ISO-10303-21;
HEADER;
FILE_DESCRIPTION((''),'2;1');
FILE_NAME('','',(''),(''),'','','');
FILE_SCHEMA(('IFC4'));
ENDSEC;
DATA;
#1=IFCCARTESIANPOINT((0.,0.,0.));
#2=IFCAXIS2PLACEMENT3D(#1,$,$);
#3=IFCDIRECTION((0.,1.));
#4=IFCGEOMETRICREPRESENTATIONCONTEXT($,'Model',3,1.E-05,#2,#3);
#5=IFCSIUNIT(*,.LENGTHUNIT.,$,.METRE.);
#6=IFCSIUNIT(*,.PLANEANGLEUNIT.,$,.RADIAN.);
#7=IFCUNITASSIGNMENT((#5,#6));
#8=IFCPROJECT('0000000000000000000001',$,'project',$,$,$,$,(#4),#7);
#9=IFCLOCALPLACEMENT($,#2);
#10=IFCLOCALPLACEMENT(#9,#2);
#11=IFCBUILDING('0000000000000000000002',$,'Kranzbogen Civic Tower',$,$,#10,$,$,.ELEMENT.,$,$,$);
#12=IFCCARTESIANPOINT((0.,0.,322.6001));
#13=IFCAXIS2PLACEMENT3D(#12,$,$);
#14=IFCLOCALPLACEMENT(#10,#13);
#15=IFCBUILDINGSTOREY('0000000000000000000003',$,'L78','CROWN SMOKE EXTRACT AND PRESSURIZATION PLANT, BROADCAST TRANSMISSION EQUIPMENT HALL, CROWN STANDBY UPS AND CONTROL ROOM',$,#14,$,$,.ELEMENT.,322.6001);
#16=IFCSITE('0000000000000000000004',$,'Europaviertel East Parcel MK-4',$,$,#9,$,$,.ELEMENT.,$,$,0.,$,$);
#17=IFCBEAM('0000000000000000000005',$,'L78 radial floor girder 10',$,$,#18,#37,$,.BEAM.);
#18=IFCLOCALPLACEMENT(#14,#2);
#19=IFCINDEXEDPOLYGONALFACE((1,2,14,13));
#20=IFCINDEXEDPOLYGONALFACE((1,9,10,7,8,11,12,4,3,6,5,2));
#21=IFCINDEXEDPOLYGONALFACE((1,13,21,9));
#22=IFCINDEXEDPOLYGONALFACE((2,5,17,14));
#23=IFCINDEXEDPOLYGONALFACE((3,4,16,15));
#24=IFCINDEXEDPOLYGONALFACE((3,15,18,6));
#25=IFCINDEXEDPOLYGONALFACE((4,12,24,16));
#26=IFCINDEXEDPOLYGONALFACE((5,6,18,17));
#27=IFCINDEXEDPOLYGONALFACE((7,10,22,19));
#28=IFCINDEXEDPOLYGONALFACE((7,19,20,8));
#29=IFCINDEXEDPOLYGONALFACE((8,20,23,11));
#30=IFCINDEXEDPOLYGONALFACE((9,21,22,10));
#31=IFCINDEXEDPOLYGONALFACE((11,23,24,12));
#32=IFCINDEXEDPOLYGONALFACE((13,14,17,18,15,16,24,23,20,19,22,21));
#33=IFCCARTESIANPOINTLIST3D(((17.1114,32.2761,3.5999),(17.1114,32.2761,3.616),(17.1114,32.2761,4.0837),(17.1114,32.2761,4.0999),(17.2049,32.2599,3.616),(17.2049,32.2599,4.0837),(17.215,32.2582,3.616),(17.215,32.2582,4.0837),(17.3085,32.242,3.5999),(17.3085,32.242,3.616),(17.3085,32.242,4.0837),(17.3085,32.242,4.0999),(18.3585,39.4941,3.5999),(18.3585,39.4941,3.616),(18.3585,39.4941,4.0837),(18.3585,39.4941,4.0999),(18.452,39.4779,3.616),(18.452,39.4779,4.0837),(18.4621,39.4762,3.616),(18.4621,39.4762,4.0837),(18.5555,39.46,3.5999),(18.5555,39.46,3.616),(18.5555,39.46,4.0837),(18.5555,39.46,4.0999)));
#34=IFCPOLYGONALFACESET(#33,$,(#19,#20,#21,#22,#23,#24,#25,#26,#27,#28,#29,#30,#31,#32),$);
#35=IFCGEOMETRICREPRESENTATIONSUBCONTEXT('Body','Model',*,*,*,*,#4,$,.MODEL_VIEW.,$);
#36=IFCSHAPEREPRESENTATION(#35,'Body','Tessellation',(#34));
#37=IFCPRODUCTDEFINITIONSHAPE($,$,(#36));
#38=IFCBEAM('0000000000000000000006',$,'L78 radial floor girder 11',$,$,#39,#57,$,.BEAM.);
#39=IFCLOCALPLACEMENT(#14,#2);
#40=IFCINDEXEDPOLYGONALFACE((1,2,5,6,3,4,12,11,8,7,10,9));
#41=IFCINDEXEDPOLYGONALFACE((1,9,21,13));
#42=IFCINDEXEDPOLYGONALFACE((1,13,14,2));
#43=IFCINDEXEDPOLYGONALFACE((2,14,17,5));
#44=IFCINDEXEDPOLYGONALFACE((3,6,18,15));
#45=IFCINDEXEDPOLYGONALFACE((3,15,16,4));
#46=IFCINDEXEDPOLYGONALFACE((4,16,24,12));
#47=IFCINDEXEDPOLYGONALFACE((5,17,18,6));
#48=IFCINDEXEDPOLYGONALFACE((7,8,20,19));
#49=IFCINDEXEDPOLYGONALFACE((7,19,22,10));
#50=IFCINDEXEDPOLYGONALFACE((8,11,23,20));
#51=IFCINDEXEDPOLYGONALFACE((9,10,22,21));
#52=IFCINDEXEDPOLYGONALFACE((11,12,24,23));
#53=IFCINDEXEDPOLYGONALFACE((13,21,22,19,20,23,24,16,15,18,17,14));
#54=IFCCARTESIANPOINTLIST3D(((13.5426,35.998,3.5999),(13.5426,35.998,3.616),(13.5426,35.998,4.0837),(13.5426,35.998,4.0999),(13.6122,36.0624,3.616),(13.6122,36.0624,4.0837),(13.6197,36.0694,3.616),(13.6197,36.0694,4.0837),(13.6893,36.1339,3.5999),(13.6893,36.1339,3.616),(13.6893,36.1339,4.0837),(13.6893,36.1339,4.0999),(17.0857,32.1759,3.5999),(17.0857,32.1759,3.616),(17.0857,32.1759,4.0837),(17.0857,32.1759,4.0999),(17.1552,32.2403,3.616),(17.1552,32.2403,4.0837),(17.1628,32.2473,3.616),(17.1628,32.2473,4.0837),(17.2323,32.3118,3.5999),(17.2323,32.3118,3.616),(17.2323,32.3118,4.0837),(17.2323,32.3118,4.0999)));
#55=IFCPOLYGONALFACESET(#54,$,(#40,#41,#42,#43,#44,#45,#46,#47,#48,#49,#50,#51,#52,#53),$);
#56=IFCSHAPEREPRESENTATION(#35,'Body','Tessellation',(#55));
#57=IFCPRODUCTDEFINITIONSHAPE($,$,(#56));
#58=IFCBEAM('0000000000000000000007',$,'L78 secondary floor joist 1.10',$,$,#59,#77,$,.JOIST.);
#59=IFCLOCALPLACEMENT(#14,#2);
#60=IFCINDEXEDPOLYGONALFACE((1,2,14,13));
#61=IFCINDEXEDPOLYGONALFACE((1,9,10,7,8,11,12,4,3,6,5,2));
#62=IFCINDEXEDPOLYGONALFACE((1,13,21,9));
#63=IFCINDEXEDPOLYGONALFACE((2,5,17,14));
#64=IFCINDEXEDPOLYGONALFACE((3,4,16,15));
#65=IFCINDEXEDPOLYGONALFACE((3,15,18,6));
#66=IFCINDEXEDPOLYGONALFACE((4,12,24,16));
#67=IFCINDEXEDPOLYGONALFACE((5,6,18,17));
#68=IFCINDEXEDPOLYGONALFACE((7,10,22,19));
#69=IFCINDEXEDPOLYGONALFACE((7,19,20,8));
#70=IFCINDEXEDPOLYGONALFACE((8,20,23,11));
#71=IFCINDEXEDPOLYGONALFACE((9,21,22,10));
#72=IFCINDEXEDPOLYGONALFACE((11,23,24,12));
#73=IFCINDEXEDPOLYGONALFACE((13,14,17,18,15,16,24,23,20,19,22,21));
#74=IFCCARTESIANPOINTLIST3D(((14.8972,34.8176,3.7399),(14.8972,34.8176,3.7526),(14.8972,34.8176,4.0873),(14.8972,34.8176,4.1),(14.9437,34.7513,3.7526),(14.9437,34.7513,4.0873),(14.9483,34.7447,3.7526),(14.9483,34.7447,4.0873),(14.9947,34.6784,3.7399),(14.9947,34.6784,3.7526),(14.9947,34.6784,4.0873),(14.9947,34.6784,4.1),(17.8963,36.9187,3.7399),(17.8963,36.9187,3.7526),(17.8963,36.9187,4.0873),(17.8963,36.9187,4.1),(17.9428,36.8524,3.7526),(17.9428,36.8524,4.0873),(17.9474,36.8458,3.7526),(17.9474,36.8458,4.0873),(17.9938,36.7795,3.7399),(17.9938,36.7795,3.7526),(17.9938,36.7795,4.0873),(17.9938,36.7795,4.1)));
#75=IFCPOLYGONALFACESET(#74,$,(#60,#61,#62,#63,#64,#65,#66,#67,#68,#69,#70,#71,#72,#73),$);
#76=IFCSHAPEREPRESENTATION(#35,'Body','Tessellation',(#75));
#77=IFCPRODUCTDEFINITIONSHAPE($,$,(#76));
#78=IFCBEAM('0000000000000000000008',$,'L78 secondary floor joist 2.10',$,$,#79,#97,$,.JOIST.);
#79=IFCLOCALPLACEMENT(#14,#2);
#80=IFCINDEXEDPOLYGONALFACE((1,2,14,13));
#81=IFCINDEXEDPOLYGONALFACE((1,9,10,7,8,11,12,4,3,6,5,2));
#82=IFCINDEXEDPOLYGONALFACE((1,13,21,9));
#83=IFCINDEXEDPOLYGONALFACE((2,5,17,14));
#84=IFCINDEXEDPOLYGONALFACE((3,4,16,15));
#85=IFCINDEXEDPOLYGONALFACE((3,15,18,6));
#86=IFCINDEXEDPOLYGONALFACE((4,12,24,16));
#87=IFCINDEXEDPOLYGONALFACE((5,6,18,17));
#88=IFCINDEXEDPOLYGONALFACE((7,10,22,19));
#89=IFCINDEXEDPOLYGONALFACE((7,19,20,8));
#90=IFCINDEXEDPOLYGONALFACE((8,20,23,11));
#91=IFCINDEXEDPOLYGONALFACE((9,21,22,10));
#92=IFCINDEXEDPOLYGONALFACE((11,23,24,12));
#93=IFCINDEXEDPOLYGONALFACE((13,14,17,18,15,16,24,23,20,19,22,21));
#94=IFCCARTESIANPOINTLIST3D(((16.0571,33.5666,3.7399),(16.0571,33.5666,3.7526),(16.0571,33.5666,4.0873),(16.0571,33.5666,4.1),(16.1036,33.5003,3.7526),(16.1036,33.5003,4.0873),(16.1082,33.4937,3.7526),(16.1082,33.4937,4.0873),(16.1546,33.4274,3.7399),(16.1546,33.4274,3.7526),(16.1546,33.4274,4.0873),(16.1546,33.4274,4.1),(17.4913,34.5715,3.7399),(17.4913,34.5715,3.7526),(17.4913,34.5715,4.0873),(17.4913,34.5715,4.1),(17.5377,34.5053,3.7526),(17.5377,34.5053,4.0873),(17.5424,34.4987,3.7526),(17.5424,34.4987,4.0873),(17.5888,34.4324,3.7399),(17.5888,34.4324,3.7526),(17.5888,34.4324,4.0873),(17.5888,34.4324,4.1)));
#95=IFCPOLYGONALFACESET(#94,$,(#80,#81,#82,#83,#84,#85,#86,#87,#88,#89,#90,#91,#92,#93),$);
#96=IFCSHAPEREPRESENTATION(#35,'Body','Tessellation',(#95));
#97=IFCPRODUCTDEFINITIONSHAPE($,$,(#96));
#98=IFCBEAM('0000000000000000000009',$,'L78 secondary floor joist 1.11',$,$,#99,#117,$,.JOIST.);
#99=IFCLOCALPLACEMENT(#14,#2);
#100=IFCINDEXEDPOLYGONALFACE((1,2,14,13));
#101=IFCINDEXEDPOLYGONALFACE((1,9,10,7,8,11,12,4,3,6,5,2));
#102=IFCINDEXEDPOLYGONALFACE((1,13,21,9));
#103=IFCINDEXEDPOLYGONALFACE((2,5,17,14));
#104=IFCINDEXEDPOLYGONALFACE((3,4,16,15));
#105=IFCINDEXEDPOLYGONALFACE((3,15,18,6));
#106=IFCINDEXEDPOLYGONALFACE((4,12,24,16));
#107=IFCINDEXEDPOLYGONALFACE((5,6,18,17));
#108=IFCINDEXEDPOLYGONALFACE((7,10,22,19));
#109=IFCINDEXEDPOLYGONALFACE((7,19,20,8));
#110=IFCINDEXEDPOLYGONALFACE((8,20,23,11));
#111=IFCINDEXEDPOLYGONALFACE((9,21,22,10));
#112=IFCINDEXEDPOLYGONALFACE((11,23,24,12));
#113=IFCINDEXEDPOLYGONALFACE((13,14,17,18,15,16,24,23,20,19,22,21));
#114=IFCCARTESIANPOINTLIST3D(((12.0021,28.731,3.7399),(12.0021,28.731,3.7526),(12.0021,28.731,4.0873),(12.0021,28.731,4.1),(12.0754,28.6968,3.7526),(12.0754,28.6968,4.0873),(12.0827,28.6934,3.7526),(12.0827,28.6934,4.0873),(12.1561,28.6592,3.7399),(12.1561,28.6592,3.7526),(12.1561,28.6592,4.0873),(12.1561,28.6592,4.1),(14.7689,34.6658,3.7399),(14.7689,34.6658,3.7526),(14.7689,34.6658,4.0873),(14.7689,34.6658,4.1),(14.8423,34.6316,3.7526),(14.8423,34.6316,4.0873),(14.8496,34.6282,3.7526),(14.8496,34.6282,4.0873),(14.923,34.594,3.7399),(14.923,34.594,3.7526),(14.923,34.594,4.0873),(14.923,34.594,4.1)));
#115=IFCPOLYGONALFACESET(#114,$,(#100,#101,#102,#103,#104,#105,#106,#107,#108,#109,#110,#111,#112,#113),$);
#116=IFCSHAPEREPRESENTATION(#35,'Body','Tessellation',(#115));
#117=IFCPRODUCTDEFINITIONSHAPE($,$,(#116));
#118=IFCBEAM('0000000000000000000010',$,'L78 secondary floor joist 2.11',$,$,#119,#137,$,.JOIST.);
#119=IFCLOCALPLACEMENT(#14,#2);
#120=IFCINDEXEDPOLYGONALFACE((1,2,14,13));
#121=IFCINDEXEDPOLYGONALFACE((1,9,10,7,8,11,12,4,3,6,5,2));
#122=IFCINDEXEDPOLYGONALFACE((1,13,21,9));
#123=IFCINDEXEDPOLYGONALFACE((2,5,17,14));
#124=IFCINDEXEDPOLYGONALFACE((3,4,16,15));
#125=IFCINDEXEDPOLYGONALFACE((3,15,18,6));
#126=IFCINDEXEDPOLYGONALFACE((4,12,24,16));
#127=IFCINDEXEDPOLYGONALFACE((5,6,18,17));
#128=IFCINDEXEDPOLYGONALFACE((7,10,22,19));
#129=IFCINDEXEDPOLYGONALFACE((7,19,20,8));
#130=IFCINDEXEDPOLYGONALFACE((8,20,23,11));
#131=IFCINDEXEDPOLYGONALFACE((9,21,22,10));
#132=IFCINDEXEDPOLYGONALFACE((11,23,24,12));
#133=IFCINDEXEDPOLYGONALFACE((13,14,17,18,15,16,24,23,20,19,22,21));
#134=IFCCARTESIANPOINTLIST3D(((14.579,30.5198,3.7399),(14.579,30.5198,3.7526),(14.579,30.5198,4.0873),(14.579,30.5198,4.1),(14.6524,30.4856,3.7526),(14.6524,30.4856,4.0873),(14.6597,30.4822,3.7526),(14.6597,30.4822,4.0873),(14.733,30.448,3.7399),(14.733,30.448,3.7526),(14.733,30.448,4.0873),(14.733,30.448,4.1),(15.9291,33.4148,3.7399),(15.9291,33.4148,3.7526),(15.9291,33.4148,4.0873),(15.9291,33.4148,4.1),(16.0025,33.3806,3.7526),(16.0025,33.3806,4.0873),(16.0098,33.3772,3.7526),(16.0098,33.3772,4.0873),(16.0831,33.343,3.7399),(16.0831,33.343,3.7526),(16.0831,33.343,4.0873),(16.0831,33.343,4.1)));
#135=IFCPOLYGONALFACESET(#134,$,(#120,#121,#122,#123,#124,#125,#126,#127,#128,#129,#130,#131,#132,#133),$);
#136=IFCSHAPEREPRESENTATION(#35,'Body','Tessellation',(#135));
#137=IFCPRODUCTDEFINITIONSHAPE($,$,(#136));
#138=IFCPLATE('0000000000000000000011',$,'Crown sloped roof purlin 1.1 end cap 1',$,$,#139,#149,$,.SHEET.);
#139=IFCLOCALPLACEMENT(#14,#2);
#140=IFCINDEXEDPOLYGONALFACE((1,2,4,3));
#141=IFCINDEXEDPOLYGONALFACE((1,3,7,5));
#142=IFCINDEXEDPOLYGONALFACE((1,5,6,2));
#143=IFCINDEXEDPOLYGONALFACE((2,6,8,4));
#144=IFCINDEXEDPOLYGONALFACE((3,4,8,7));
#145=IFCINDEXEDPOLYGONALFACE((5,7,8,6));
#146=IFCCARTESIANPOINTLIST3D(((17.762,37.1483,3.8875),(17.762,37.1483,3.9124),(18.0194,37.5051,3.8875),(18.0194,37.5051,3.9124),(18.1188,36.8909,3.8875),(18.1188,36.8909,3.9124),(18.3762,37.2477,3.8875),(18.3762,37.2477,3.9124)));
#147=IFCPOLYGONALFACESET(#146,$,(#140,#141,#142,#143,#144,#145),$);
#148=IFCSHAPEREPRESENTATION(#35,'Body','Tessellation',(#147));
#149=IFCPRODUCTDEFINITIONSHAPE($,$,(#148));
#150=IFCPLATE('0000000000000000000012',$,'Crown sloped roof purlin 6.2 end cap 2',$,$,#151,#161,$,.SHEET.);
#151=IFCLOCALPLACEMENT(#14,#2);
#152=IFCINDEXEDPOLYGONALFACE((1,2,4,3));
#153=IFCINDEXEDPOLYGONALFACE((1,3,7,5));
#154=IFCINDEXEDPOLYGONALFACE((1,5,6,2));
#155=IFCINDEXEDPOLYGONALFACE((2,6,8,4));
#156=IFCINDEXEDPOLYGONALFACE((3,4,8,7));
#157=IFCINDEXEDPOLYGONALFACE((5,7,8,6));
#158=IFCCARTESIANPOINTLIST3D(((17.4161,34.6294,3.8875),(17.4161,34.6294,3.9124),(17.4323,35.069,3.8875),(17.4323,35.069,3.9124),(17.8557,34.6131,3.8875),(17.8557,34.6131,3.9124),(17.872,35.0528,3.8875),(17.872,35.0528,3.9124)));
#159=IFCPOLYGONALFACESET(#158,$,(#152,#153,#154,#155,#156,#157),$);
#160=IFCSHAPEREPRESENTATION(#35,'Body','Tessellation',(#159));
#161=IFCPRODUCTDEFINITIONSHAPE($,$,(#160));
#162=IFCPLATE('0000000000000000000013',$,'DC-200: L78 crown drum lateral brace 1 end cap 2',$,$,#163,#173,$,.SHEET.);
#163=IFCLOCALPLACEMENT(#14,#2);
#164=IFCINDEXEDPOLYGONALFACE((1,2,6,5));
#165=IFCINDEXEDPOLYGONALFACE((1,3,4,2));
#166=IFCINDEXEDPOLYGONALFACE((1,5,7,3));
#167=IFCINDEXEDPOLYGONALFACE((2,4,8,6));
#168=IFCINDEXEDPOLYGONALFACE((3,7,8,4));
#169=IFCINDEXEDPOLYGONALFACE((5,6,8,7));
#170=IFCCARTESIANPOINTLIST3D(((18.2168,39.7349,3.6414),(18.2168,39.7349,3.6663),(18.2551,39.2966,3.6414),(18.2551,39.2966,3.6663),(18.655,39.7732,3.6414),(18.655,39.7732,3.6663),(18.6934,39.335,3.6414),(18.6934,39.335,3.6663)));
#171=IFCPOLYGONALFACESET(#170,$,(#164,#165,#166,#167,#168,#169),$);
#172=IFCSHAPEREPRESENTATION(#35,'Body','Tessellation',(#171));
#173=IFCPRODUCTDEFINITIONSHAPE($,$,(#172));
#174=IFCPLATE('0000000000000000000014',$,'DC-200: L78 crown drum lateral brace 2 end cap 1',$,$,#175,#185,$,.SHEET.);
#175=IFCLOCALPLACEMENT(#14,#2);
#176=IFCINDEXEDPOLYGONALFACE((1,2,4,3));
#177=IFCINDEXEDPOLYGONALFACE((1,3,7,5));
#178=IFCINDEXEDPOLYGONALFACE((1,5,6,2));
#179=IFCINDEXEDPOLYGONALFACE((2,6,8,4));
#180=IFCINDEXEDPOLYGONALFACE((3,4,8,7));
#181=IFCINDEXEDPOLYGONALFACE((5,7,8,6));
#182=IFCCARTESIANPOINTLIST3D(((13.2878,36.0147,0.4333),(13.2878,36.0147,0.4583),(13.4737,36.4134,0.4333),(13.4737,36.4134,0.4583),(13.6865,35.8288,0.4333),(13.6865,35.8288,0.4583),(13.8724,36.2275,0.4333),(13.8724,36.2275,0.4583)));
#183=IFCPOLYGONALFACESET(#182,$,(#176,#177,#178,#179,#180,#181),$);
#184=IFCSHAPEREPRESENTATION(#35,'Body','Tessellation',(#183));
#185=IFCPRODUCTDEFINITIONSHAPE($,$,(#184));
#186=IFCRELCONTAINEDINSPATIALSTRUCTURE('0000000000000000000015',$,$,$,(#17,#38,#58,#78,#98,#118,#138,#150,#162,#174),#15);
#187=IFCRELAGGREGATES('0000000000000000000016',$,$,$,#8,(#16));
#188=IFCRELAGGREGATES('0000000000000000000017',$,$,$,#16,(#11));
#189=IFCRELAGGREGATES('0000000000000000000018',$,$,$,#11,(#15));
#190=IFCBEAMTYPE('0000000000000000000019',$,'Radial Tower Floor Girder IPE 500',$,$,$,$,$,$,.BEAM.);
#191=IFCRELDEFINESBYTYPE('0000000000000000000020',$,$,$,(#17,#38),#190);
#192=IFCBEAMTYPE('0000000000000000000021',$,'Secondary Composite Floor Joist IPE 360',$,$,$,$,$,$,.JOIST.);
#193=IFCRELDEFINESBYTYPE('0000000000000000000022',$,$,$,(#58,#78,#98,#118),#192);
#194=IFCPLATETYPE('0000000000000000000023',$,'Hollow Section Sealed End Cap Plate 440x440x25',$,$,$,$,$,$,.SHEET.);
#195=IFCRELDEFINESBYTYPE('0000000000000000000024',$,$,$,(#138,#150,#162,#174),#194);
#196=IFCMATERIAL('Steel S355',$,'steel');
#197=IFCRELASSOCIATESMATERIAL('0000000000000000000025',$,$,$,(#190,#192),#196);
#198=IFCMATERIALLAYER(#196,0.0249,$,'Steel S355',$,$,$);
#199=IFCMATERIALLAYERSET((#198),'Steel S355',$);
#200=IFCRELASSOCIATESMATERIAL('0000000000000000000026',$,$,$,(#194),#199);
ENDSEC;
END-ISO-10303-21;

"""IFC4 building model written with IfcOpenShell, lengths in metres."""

from ifc_helpers import new_model, si_unit, direction, frame, origin, origin_2d, place, context, subcontext, project, spatial, rectangle, i_section, extrude, material, layer, layer_set, material_profile, profile_set, type_object, element, save


model = new_model("IFC4")

# Units and contexts
model_context = context("Model", 3, precision=1e-05, world=origin(), true_north=direction((0.0, 1.0)))
body_context = subcontext(model_context, "Body", "Model", "MODEL_VIEW")
ifc_project = project(units=[si_unit("LENGTHUNIT", "METRE"), si_unit("PLANEANGLEUNIT", "RADIAN")], contexts=[model_context])

# Site, building, storey
site_placement = place(None, origin())
site = spatial("IfcSite", under=ifc_project, at=site_placement, Name="Europaviertel East Parcel MK-4", CompositionType="ELEMENT", RefElevation=0.0)
building_placement = place(site_placement, origin())
building = spatial("IfcBuilding", under=site, at=building_placement, Name="Kranzbogen Civic Tower", CompositionType="ELEMENT")
storey_placement = place(building_placement, frame((0.0, 0.0, 322.6001)))
storey = spatial("IfcBuildingStorey", under=building, at=storey_placement, Name="L78", Description="CROWN SMOKE EXTRACT AND PRESSURIZATION PLANT, BROADCAST TRANSMISSION EQUIPMENT HALL, CROWN STANDBY UPS AND CONTROL ROOM", CompositionType="ELEMENT", Elevation=322.6001)

# Shared definitions
ifc_material_1 = material(Name="Steel S355", Category="steel")

# Beams
ifc_material_profile_1 = material_profile(ifc_material_1, i_section(OverallWidth=0.2, OverallDepth=0.5, WebThickness=0.0103, FlangeThickness=0.0161, at=origin_2d()), Name="IPE 500")
ifc_profile_set_1 = profile_set([ifc_material_profile_1], Name="Steel S355")
beam_type_1 = type_object("IfcBeamType", Name="Radial Tower Floor Girder IPE 500", PredefinedType="BEAM", material=ifc_profile_set_1)
beam_1_placement = place(storey_placement, frame((18.457, 39.4771, 3.8499), z_axis=(-0.17025, -0.985401, 0.0), x_axis=(0.985401, -0.17025, 0.0)))
element("IfcBeam", 1, at=beam_1_placement, inside=storey, type_object=beam_type_1, Name="L78 radial floor girder 10", PredefinedType="BEAM", context=body_context, shape_type="SweptSolid", body=[
    extrude(i_section(OverallWidth=0.2, OverallDepth=0.5, WebThickness=0.0103, FlangeThickness=0.0161, at=origin_2d()), origin(), (0.0, 0.0, 1.0), 7.325),
])
beam_2_placement = place(storey_placement, frame((13.616, 36.0659, 3.8499), z_axis=(0.679827, -0.733372, 0.0), x_axis=(0.733372, 0.679827, 0.0)))
element("IfcBeam", 2, at=beam_2_placement, inside=storey, type_object=beam_type_1, Name="L78 radial floor girder 11", PredefinedType="BEAM", context=body_context, shape_type="SweptSolid", body=[
    extrude(i_section(OverallWidth=0.2, OverallDepth=0.5, WebThickness=0.0103, FlangeThickness=0.0161, at=origin_2d()), origin(), (0.0, 0.0, 1.0), 5.2117),
])
ifc_material_profile_2 = material_profile(ifc_material_1, i_section(OverallWidth=0.1699, OverallDepth=0.3601, WebThickness=0.0081, FlangeThickness=0.0127, at=origin_2d()), Name="IPE 360")
ifc_profile_set_2 = profile_set([ifc_material_profile_2], Name="Steel S355")
beam_type_2 = type_object("IfcBeamType", Name="Secondary Composite Floor Joist IPE 360", PredefinedType="JOIST", material=ifc_profile_set_2)
beam_3_placement = place(storey_placement, frame((17.9451, 36.8491, 3.9199), z_axis=(-0.819006, -0.573784, 0.0), x_axis=(0.573784, -0.819006, 0.0)))
element("IfcBeam", 3, at=beam_3_placement, inside=storey, type_object=beam_type_2, Name="L78 secondary floor joist 1.10", PredefinedType="JOIST", context=body_context, shape_type="SweptSolid", body=[
    extrude(i_section(OverallWidth=0.1699, OverallDepth=0.3601, WebThickness=0.0081, FlangeThickness=0.0127, at=origin_2d()), origin(), (0.0, 0.0, 1.0), 3.6619),
])
beam_4_placement = place(storey_placement, frame((17.54, 34.502, 3.9199), z_axis=(-0.818957, -0.573855, 0.0), x_axis=(0.573855, -0.818957, 0.0)))
element("IfcBeam", 4, at=beam_4_placement, inside=storey, type_object=beam_type_2, Name="L78 secondary floor joist 2.10", PredefinedType="JOIST", context=body_context, shape_type="SweptSolid", body=[
    extrude(i_section(OverallWidth=0.1699, OverallDepth=0.3601, WebThickness=0.0081, FlangeThickness=0.0127, at=origin_2d()), origin(), (0.0, 0.0, 1.0), 1.7512),
])
beam_5_placement = place(storey_placement, frame((14.8459, 34.6299, 3.9199), z_axis=(-0.422543, -0.906343, 0.0), x_axis=(0.906343, -0.422543, 0.0)))
element("IfcBeam", 5, at=beam_5_placement, inside=storey, type_object=beam_type_2, Name="L78 secondary floor joist 1.11", PredefinedType="JOIST", context=body_context, shape_type="SweptSolid", body=[
    extrude(i_section(OverallWidth=0.1699, OverallDepth=0.3601, WebThickness=0.0081, FlangeThickness=0.0127, at=origin_2d()), origin(), (0.0, 0.0, 1.0), 6.5481),
])
beam_6_placement = place(storey_placement, frame((16.0061, 33.3789, 3.9199), z_axis=(-0.422651, -0.906292, 0.0), x_axis=(0.906292, -0.422651, 0.0)))
element("IfcBeam", 6, at=beam_6_placement, inside=storey, type_object=beam_type_2, Name="L78 secondary floor joist 2.11", PredefinedType="JOIST", context=body_context, shape_type="SweptSolid", body=[
    extrude(i_section(OverallWidth=0.1699, OverallDepth=0.3601, WebThickness=0.0081, FlangeThickness=0.0127, at=origin_2d()), origin(), (0.0, 0.0, 1.0), 3.1943),
])

# Plates
ifc_layer_1 = layer(ifc_material_1, 0.0249, Name="Steel S355")
ifc_layer_set_1 = layer_set([ifc_layer_1], Name="Steel S355")
plate_type = type_object("IfcPlateType", Name="Hollow Section Sealed End Cap Plate 440x440x25", PredefinedType="SHEET", material=ifc_layer_set_1)
for number, where, z_axis, x_axis, name in (
    (7, (18.0691, 37.198, 3.8875), (0.0, 0.0, 1.0), (-0.584972, -0.811054, 0.0), "Crown sloped roof purlin 1.1 end cap 1"),
    (8, (17.644, 34.8411, 3.8875), (0.0, 0.0, 1.0), (-0.999317, 0.03694, 0.0), "Crown sloped roof purlin 6.2 end cap 2"),
    (9, (18.4551, 39.5349, 3.6414), (0.0, 0.0, 1.0), (-0.996192, -0.087191, 0.0), "DC-200: L78 crown drum lateral brace 1 end cap 2"),
    (10, (13.5801, 36.1211, 0.4333), (0.0, 0.0, 1.0), (-0.422618, -0.906308, 0.0), "DC-200: L78 crown drum lateral brace 2 end cap 1"),
):
    element("IfcPlate", number, at=place(storey_placement, frame(where, z_axis=z_axis, x_axis=x_axis)), inside=storey, type_object=plate_type, Name=name, PredefinedType="SHEET", context=body_context, shape_type="SweptSolid", body=[
        extrude(rectangle(XDim=0.4399, YDim=0.4399, at=origin_2d()), origin(), (0.0, 0.0, 1.0), 0.0249),
    ])

save(model, "model.ifc")
